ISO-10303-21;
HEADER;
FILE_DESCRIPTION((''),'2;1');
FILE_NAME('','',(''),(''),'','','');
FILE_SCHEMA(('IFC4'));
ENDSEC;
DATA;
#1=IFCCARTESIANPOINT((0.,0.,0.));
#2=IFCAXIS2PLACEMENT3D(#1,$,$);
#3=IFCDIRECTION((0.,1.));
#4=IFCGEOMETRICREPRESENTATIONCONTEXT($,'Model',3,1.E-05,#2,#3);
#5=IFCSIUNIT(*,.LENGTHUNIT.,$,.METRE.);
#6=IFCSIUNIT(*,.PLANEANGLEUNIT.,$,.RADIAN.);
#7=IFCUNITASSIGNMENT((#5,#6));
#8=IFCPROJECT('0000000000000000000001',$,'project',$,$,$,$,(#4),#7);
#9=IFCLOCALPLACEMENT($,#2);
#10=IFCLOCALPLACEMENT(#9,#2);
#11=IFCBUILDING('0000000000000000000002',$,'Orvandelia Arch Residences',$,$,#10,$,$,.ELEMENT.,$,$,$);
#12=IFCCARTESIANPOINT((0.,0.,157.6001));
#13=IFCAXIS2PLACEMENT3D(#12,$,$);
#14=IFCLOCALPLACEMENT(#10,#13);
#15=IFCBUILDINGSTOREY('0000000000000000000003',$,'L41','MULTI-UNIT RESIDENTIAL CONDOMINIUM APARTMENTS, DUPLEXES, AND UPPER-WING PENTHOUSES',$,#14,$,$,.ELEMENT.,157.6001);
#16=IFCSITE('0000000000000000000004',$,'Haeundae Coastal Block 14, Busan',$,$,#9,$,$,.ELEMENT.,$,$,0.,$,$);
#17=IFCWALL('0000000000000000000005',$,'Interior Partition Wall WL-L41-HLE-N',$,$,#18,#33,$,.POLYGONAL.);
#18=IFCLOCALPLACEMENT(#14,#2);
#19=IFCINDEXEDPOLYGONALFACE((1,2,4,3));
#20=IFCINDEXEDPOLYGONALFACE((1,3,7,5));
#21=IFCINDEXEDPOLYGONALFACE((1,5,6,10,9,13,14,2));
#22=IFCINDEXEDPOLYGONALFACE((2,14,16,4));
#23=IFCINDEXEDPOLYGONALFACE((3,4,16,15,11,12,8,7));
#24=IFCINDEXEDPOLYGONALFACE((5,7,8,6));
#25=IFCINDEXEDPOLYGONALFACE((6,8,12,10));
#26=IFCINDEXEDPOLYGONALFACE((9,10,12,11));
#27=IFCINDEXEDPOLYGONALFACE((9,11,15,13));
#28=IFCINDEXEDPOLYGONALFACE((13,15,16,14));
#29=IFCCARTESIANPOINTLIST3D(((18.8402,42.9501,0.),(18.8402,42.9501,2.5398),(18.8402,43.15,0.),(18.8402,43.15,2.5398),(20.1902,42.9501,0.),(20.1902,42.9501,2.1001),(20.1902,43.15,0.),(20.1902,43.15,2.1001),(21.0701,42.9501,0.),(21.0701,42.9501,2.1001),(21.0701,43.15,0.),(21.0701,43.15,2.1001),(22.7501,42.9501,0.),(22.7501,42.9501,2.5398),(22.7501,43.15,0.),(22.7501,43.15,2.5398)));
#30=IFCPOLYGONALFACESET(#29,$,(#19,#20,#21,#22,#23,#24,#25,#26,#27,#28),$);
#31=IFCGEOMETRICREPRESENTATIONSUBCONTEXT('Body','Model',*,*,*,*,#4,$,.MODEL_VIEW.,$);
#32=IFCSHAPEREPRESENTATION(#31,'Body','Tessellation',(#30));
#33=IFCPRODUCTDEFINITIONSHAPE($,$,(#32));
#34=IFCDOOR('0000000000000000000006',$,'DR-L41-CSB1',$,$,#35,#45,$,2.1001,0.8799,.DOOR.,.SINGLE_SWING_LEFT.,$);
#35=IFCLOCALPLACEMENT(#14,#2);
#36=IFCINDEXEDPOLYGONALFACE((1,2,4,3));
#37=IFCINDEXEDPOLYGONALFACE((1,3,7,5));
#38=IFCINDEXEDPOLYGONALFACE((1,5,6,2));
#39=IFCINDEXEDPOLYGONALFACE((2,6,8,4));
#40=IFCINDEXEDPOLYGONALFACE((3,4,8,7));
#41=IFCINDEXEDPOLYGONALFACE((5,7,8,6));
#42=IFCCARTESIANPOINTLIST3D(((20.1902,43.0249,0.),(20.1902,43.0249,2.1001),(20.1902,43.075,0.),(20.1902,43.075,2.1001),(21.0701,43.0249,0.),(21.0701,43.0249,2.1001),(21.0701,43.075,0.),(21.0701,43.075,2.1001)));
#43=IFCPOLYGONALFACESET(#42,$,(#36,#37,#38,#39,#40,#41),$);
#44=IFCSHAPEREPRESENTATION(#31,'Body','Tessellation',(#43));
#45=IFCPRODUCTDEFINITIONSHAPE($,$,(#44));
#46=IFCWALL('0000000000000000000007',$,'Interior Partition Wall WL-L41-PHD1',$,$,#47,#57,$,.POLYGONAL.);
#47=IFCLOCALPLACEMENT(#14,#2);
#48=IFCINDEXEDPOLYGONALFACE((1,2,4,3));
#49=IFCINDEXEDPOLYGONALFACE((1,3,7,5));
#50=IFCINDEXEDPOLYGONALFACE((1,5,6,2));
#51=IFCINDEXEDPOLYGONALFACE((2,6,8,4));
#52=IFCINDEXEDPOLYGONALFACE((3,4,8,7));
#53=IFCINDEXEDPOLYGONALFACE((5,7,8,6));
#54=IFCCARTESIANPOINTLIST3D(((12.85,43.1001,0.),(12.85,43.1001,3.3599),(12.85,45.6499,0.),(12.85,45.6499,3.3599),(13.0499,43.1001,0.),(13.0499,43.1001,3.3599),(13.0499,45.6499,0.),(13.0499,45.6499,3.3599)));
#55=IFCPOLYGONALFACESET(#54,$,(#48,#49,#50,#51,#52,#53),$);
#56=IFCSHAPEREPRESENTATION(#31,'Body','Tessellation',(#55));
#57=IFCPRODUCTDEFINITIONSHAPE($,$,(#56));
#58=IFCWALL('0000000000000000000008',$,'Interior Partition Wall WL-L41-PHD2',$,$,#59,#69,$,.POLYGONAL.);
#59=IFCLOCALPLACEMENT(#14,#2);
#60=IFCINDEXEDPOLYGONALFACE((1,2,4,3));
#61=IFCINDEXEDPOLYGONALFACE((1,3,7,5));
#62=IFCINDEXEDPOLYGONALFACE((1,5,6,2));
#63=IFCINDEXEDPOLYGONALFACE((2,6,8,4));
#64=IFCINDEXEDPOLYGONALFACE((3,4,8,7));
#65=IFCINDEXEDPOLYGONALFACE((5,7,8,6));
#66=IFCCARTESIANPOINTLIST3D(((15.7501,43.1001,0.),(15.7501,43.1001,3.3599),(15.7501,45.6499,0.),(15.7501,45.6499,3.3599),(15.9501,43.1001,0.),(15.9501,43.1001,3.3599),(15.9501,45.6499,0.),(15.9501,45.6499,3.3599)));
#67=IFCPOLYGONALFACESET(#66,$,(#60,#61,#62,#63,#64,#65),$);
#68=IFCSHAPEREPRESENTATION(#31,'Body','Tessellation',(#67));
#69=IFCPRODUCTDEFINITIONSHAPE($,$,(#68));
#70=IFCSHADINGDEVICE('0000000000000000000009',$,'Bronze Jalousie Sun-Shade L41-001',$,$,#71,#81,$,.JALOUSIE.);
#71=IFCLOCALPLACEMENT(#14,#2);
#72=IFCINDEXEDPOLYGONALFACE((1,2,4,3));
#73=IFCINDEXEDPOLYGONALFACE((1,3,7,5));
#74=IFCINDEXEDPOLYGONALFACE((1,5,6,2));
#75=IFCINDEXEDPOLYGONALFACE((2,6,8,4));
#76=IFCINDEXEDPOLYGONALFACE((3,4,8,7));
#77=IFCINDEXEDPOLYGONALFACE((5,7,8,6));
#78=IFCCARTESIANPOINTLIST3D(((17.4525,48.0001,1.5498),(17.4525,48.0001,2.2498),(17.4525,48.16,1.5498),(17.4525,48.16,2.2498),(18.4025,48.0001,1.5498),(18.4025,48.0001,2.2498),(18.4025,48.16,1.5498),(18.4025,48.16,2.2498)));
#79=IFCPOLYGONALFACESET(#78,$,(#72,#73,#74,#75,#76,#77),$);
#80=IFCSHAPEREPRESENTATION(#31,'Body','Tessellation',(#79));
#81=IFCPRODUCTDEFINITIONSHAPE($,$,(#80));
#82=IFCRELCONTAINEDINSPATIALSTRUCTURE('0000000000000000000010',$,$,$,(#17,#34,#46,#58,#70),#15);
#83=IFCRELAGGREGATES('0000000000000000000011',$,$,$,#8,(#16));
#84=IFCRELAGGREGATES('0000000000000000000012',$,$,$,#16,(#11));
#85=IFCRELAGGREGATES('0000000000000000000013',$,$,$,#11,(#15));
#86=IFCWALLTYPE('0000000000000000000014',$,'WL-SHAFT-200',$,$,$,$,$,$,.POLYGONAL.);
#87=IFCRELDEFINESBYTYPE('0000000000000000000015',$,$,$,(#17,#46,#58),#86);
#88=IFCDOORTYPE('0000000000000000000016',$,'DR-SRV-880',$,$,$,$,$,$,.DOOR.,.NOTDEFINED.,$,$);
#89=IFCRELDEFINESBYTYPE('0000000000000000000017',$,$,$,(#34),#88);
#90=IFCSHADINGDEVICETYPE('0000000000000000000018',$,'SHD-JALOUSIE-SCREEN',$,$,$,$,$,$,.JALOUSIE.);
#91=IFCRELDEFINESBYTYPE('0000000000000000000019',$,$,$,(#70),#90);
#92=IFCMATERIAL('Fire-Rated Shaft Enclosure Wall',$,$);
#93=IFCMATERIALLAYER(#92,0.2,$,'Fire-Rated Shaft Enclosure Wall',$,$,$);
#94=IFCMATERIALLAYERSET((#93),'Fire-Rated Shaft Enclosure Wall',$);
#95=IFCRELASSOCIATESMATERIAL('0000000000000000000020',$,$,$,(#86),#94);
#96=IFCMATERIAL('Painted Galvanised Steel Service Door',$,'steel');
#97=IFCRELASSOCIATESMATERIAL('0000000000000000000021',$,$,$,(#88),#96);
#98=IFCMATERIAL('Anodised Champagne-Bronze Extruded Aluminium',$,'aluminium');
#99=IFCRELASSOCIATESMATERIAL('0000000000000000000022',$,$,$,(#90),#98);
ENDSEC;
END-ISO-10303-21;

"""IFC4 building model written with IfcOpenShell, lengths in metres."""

from ifc_helpers import new_model, si_unit, direction, frame, frame_2d, origin, origin_2d, place, context, subcontext, project, spatial, rectangle, extrude, material, layer, layer_set, type_object, element, fill, save


model = new_model("IFC4")

# Units and contexts
model_context = context("Model", 3, precision=1e-05, world=origin(), true_north=direction((0.0, 1.0)))
body_context = subcontext(model_context, "Body", "Model", "MODEL_VIEW")
ifc_project = project(units=[si_unit("LENGTHUNIT", "METRE"), si_unit("PLANEANGLEUNIT", "RADIAN")], contexts=[model_context])

# Site, building, storey
site_placement = place(None, origin())
site = spatial("IfcSite", under=ifc_project, at=site_placement, Name="Haeundae Coastal Block 14, Busan", CompositionType="ELEMENT", RefElevation=0.0)
building_placement = place(site_placement, origin())
building = spatial("IfcBuilding", under=site, at=building_placement, Name="Orvandelia Arch Residences", CompositionType="ELEMENT")
storey_placement = place(building_placement, frame((0.0, 0.0, 157.6001)))
storey = spatial("IfcBuildingStorey", under=building, at=storey_placement, Name="L41", Description="MULTI-UNIT RESIDENTIAL CONDOMINIUM APARTMENTS, DUPLEXES, AND UPPER-WING PENTHOUSES", CompositionType="ELEMENT", Elevation=157.6001)

# Shared definitions
ifc_material_1 = material(Name="Fire-Rated Shaft Enclosure Wall")
ifc_layer_1 = layer(ifc_material_1, 0.2, Name="Fire-Rated Shaft Enclosure Wall")
ifc_layer_set_1 = layer_set([ifc_layer_1], Name="Fire-Rated Shaft Enclosure Wall")
wall_type_1 = type_object("IfcWallType", Name="WL-SHAFT-200", PredefinedType="POLYGONAL", material=ifc_layer_set_1)

# Shared definitions
ifc_material_2 = material(Name="Painted Galvanised Steel Service Door", Category="steel")
door_type_1 = type_object("IfcDoorType", Name="DR-SRV-880", OperationType="NOTDEFINED", PredefinedType="DOOR", material=ifc_material_2)

# Wall, opening, door
wall_1_placement = place(storey_placement, frame((18.8401, 43.05, 0.0), z_axis=(0.0, 0.0, 1.0), x_axis=(1.0, 0.0, 0.0)))
wall_1 = element("IfcWall", 1, at=wall_1_placement, inside=storey, type_object=wall_type_1, Name="Interior Partition Wall WL-L41-HLE-N", PredefinedType="POLYGONAL", context=body_context, shape_type="SweptSolid", body=[
    extrude(rectangle(XDim=3.9099, YDim=0.2, at=frame_2d((1.9551, 0.0))), origin(), (0.0, 0.0, 1.0), 2.5398),
])
opening_1_placement = place(wall_1_placement, frame((1.3501, 0.0, 0.0)))
opening_1 = element("IfcOpeningElement", 2, at=opening_1_placement, cuts=wall_1, PredefinedType="OPENING", context=body_context, shape_type="SweptSolid", body=[
    extrude(rectangle(XDim=0.8799, YDim=2.1001, at=frame_2d((0.4399, 1.05))), frame((0.0, 0.1099, 0.0), z_axis=(0.0, -1.0, 0.0), x_axis=(1.0, 0.0, 0.0)), (0.0, 0.0, 1.0), 0.22),
])
door_1_placement = place(opening_1_placement, origin())
door_1 = element("IfcDoor", 3, at=door_1_placement, inside=storey, type_object=door_type_1, Name="DR-L41-CSB1", OperationType="SINGLE_SWING_LEFT", OverallHeight=2.1001, OverallWidth=0.8799, PredefinedType="DOOR", context=body_context, shape_type="SweptSolid", body=[
    extrude(rectangle(XDim=0.8799, YDim=2.1001, at=frame_2d((0.4399, 1.05))), frame((0.0, 0.0249, 0.0), z_axis=(0.0, -1.0, 0.0), x_axis=(1.0, 0.0, 0.0)), (0.0, 0.0, 1.0), 0.05),
])
fill(opening_1, door_1)

# Walls
for number, where, z_axis, x_axis, name in (
    (4, (12.95, 43.1001, 0.0), (0.0, 0.0, 1.0), (0.0, 1.0, 0.0), "Interior Partition Wall WL-L41-PHD1"),
    (5, (15.8501, 43.1001, 0.0), (0.0, 0.0, 1.0), (0.0, 1.0, 0.0), "Interior Partition Wall WL-L41-PHD2"),
):
    element("IfcWall", number, at=place(storey_placement, frame(where, z_axis=z_axis, x_axis=x_axis)), inside=storey, type_object=wall_type_1, Name=name, PredefinedType="POLYGONAL", context=body_context, shape_type="SweptSolid", body=[
        extrude(rectangle(XDim=2.5498, YDim=0.2, at=frame_2d((1.2749, 0.0))), origin(), (0.0, 0.0, 1.0), 3.3599),
    ])

# Shading device
ifc_material_3 = material(Name="Anodised Champagne-Bronze Extruded Aluminium", Category="aluminium")
shading_device_type = type_object("IfcShadingDeviceType", Name="SHD-JALOUSIE-SCREEN", PredefinedType="JALOUSIE", material=ifc_material_3)
shading_device_placement = place(storey_placement, frame((17.9275, 48.0801, 1.5498), z_axis=(0.0, 0.0, 1.0), x_axis=(1.0, 0.0, 0.0)))
element("IfcShadingDevice", 6, at=shading_device_placement, inside=storey, type_object=shading_device_type, Name="Bronze Jalousie Sun-Shade L41-001", PredefinedType="JALOUSIE", context=body_context, shape_type="SweptSolid", body=[
    extrude(rectangle(XDim=0.95, YDim=0.1599, at=origin_2d()), origin(), (0.0, 0.0, 1.0), 0.7),
])

save(model, "model.ifc")
